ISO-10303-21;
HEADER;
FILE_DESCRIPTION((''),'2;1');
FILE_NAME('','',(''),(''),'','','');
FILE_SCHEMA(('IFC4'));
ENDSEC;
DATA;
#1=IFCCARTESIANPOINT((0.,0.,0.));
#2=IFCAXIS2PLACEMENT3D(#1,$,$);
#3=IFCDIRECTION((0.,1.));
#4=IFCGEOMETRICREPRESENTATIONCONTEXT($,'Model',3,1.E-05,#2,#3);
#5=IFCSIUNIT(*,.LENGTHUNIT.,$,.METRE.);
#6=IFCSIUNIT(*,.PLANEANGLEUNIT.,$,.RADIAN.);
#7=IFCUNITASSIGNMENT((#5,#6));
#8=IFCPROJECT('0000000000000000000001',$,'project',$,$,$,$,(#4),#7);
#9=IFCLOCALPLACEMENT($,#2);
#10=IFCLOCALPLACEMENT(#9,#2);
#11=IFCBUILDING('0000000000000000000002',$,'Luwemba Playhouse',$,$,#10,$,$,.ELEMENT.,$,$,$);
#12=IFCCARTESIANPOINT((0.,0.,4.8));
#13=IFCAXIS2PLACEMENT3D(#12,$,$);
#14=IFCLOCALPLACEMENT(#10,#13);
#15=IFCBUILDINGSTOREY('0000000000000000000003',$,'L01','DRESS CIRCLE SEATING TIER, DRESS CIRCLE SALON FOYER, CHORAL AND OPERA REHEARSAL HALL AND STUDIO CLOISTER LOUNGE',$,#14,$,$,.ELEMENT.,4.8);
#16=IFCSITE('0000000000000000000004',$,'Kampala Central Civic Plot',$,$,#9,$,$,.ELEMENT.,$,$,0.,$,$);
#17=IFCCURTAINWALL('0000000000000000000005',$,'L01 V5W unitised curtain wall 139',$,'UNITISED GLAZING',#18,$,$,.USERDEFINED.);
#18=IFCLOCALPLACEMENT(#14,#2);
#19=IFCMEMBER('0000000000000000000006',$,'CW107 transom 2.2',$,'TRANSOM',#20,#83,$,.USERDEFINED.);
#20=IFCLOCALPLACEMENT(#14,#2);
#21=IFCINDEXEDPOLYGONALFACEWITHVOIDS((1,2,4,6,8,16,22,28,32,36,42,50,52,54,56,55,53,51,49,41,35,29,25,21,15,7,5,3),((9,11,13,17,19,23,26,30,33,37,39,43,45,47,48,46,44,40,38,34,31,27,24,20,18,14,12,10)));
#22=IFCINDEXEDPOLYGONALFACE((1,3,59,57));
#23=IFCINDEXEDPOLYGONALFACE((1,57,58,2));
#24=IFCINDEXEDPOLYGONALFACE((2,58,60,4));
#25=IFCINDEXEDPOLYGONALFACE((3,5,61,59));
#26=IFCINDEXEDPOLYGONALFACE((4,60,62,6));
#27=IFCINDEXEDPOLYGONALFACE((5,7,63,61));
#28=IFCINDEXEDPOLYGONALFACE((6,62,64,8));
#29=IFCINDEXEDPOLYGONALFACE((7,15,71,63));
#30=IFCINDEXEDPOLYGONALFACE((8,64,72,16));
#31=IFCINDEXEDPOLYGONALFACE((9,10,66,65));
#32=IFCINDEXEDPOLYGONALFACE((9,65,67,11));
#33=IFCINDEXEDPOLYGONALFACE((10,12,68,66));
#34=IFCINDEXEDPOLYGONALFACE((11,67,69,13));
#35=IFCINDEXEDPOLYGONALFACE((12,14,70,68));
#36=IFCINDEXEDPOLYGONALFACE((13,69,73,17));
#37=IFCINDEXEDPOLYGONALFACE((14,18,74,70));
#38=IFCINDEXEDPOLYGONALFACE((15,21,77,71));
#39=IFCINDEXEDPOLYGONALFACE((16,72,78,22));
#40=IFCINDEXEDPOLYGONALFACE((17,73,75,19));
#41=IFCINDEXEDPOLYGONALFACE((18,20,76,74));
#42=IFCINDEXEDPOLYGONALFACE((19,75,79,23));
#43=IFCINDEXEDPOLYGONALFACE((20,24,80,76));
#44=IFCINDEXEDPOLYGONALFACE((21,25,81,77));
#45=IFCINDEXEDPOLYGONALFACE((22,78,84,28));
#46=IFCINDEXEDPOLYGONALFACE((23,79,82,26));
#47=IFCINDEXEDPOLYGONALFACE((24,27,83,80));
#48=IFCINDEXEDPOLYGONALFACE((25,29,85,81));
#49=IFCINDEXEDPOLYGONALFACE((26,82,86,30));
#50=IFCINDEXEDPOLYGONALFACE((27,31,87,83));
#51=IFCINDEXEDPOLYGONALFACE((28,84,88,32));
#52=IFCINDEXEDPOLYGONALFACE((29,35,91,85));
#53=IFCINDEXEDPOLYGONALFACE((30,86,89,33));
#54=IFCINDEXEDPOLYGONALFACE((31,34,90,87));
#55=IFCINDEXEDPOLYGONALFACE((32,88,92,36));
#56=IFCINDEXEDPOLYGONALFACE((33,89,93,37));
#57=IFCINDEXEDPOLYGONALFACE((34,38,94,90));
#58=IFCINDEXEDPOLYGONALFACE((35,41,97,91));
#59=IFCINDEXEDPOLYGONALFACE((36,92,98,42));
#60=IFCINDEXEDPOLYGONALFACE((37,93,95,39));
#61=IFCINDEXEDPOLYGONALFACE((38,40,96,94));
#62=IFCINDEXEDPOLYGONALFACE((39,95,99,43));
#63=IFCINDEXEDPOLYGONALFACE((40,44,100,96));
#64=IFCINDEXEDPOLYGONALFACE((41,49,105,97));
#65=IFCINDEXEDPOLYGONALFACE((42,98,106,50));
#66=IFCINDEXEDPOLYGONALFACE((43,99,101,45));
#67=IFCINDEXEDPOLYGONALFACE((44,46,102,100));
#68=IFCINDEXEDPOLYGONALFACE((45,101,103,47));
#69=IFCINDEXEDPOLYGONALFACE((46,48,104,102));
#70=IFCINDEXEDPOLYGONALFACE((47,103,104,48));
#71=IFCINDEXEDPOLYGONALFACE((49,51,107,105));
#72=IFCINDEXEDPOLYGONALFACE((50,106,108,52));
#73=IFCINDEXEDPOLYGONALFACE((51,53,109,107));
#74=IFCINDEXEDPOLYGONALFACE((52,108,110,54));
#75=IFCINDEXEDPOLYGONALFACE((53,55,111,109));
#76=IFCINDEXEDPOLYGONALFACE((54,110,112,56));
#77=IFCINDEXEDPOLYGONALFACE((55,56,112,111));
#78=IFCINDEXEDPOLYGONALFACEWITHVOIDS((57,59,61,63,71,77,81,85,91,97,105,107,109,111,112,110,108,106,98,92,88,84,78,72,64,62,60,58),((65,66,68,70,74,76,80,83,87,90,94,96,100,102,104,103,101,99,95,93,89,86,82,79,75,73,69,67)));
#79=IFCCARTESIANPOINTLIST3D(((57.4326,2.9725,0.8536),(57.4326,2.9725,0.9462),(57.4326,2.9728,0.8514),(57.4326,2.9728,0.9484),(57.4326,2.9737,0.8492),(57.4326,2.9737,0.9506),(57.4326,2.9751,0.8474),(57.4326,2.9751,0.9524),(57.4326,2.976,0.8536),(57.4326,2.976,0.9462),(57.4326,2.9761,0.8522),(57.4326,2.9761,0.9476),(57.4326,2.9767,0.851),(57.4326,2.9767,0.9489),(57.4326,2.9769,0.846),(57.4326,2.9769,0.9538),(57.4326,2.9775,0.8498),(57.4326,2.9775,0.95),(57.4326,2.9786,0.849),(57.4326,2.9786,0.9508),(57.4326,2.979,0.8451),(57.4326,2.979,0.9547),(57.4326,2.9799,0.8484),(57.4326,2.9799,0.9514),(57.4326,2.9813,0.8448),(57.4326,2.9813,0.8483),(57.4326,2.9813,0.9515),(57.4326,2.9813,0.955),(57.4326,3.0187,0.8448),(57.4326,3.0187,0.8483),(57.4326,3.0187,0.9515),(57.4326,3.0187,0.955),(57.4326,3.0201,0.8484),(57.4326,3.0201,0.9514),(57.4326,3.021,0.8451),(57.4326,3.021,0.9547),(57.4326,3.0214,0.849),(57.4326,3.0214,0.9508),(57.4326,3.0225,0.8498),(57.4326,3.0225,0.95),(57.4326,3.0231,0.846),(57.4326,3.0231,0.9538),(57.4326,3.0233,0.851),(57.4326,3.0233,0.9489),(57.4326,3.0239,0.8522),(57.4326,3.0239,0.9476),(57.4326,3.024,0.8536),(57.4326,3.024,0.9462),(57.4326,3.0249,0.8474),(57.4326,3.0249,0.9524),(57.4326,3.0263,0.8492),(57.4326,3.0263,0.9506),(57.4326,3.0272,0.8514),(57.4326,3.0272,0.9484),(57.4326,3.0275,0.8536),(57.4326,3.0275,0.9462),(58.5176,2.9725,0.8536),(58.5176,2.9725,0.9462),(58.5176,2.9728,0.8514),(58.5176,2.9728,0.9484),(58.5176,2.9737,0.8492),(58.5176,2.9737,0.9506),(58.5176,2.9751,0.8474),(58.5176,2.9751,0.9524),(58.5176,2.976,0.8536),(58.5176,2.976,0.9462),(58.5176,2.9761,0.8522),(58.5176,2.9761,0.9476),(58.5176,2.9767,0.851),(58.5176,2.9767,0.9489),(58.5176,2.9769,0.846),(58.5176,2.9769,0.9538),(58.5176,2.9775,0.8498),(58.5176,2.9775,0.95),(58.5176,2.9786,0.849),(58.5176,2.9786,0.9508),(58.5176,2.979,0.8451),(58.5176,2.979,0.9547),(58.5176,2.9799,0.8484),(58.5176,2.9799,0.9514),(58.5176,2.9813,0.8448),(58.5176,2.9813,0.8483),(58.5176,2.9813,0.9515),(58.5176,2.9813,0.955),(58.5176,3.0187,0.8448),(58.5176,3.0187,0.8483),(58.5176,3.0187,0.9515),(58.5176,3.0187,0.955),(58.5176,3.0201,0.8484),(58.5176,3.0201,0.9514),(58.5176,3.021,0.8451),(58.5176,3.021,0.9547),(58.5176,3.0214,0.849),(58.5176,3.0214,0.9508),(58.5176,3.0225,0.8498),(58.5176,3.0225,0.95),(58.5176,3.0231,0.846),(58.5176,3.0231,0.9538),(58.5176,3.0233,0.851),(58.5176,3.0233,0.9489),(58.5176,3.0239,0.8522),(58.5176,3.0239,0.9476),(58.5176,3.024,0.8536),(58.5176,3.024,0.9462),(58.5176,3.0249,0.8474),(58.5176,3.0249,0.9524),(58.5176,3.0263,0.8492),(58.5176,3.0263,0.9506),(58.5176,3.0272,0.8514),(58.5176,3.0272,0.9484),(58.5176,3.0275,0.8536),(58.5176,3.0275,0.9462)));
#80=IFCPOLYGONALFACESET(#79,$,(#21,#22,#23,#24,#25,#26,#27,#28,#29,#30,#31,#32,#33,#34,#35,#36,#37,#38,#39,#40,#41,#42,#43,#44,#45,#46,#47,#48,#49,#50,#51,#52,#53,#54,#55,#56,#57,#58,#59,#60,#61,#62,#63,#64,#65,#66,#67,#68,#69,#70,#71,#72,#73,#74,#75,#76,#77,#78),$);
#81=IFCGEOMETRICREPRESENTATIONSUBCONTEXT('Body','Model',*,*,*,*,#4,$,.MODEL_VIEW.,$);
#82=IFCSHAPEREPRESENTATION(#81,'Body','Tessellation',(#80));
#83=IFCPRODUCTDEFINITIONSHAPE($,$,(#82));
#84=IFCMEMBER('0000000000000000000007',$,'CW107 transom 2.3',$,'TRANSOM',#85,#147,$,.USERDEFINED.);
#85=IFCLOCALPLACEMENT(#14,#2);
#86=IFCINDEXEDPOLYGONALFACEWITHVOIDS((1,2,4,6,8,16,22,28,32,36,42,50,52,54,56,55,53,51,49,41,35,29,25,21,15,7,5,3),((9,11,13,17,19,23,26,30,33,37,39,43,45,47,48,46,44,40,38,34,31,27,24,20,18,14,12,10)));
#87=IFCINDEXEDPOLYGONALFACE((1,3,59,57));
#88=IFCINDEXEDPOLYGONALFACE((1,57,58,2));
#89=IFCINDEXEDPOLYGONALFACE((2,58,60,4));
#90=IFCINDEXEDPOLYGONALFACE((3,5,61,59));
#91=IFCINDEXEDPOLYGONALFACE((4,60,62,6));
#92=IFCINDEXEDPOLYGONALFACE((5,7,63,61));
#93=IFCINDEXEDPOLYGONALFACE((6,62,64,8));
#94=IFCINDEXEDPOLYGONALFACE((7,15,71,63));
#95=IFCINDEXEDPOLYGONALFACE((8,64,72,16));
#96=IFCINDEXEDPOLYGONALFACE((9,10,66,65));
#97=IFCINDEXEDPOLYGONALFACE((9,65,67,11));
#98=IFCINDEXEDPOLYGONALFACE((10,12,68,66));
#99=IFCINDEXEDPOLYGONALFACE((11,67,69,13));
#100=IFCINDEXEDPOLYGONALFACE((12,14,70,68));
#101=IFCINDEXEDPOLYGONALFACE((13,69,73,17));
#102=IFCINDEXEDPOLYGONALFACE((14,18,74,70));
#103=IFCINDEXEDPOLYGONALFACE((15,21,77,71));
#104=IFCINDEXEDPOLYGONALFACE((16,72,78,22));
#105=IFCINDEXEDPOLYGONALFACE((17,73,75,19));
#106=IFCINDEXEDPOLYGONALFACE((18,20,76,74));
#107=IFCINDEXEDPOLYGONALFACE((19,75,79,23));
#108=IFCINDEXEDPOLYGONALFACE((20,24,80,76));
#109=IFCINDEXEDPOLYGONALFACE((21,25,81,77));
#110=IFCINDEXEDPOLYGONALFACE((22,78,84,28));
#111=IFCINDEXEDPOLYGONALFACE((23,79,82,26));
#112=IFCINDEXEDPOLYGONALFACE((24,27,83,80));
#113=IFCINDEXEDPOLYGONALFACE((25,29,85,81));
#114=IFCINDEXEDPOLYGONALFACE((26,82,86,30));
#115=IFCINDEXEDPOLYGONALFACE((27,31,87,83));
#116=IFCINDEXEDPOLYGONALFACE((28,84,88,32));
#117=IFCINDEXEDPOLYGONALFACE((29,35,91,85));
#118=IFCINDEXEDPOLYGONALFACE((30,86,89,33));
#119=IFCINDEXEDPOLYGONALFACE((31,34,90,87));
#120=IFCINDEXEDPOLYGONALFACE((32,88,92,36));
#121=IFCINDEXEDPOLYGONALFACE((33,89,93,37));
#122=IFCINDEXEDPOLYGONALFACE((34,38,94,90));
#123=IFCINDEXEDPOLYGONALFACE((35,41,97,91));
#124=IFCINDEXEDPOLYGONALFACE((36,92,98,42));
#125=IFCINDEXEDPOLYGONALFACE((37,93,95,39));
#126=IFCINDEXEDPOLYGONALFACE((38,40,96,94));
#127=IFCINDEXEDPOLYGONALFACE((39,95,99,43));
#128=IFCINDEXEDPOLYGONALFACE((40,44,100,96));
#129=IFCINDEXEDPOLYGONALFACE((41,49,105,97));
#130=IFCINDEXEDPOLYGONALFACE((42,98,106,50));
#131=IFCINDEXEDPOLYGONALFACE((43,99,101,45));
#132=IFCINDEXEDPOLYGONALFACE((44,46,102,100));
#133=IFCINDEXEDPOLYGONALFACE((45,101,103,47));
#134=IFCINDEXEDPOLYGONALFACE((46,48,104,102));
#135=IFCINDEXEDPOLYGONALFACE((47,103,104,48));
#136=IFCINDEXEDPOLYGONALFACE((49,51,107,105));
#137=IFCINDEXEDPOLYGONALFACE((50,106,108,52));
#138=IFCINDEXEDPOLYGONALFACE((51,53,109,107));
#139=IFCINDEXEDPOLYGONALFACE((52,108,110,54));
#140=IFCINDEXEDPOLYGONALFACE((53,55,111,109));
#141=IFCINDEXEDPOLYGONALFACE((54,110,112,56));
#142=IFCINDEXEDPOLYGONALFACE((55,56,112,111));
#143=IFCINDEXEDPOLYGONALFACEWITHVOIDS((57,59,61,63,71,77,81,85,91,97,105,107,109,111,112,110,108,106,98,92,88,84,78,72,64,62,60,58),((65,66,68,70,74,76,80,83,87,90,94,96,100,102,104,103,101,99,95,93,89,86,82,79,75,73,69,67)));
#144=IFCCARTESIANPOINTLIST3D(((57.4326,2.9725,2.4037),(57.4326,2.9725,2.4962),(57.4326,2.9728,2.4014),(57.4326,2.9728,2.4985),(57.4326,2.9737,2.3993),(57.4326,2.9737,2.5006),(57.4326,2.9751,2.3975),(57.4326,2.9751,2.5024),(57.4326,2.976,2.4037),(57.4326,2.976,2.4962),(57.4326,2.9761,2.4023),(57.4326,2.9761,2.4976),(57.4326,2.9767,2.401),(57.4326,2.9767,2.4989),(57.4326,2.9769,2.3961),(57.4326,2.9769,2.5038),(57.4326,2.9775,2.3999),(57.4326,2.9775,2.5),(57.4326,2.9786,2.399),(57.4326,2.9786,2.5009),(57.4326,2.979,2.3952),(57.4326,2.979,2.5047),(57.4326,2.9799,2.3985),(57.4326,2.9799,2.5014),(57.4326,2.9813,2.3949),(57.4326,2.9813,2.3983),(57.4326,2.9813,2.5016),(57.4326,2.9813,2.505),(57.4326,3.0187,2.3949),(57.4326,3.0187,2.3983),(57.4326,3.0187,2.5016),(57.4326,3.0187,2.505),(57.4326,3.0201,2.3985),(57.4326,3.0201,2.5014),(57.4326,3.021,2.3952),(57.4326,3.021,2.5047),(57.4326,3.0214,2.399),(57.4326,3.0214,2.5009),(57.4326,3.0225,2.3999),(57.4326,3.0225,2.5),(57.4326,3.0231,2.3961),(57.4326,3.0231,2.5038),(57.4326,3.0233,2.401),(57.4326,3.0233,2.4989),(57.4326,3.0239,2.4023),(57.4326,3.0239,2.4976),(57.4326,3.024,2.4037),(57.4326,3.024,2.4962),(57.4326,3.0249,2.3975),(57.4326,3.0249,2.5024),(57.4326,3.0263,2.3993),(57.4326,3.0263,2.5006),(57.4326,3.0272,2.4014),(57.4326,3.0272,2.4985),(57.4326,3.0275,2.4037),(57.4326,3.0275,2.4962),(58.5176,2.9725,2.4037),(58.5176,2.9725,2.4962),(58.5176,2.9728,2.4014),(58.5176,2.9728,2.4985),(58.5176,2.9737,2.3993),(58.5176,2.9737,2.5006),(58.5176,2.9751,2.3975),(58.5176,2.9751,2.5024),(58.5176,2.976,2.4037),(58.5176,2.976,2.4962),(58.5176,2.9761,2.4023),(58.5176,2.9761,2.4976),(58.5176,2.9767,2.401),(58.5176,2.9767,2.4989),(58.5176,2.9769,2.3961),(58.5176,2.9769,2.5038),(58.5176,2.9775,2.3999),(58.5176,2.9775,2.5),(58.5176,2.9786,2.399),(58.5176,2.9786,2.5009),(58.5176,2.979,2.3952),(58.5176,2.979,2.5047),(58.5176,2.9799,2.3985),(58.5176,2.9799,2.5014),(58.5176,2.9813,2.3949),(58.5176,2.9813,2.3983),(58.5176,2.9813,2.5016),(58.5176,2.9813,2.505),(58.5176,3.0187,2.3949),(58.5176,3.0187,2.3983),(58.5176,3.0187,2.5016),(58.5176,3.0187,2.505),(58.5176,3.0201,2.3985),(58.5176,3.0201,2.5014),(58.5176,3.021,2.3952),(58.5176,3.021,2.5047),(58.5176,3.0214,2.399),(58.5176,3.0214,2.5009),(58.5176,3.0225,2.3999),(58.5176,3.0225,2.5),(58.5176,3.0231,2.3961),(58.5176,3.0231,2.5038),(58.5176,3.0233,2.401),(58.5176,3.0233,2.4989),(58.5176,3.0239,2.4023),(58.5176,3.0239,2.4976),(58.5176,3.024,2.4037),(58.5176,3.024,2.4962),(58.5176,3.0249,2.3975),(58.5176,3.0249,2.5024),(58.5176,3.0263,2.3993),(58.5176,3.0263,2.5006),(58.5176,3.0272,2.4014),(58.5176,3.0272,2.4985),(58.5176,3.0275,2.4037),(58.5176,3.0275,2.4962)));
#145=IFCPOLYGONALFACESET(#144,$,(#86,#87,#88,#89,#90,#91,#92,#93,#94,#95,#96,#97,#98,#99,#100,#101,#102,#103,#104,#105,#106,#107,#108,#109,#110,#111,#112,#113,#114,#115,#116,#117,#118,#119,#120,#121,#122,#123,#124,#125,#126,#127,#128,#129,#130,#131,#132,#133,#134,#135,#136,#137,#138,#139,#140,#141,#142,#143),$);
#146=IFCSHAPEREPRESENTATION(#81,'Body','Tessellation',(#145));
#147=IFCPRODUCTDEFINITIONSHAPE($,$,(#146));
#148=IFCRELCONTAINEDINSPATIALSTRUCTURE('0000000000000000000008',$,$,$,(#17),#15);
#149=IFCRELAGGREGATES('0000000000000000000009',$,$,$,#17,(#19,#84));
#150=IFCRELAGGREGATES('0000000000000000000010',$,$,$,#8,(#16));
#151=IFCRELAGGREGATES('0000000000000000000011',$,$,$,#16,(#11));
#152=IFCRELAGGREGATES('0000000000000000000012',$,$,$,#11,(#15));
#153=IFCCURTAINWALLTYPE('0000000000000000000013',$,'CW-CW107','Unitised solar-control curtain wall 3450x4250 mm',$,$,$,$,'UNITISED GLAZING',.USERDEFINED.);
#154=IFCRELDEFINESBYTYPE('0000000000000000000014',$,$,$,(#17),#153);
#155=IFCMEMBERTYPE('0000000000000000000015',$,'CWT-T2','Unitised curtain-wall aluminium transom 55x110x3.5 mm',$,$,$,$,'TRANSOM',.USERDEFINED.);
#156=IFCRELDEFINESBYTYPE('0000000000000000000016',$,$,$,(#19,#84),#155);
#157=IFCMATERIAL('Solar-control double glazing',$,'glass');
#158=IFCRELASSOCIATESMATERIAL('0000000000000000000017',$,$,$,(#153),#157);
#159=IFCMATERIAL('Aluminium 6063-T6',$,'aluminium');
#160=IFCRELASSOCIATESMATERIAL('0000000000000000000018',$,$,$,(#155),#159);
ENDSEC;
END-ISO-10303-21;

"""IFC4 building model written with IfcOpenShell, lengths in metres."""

from ifc_helpers import new_model, si_unit, direction, frame, origin, origin_2d, place, context, subcontext, project, spatial, hollow_rectangle, extrude, material, material_profile, profile_set, type_object, element, aggregate, save


model = new_model("IFC4")

# Units and contexts
model_context = context("Model", 3, precision=1e-05, world=origin(), true_north=direction((0.0, 1.0)))
body_context = subcontext(model_context, "Body", "Model", "MODEL_VIEW")
ifc_project = project(units=[si_unit("LENGTHUNIT", "METRE"), si_unit("PLANEANGLEUNIT", "RADIAN")], contexts=[model_context])

# Site, building, storey
site_placement = place(None, origin())
site = spatial("IfcSite", under=ifc_project, at=site_placement, Name="Kampala Central Civic Plot", CompositionType="ELEMENT", RefElevation=0.0)
building_placement = place(site_placement, origin())
building = spatial("IfcBuilding", under=site, at=building_placement, Name="Luwemba Playhouse", CompositionType="ELEMENT")
storey_placement = place(building_placement, frame((0.0, 0.0, 4.8)))
storey = spatial("IfcBuildingStorey", under=building, at=storey_placement, Name="L01", Description="DRESS CIRCLE SEATING TIER, DRESS CIRCLE SALON FOYER, CHORAL AND OPERA REHEARSAL HALL AND STUDIO CLOISTER LOUNGE", CompositionType="ELEMENT", Elevation=4.8)

# Curtain wall
ifc_material_1 = material(Name="Solar-control double glazing", Category="glass")
ifc_material_2 = material(Name="Aluminium 6063-T6", Category="aluminium")
curtain_wall_type_1 = type_object("IfcCurtainWallType", Name="CW-CW107", Description="Unitised solar-control curtain wall 3450x4250 mm", ElementType="UNITISED GLAZING", PredefinedType="USERDEFINED", material=ifc_material_1)
curtain_wall_1_placement = place(storey_placement, origin())
curtain_wall_1 = element("IfcCurtainWall", 1, at=curtain_wall_1_placement, inside=storey, type_object=curtain_wall_type_1, Name="L01 V5W unitised curtain wall 139", ObjectType="UNITISED GLAZING", PredefinedType="USERDEFINED")

# Members
ifc_material_profile_1 = material_profile(ifc_material_2, hollow_rectangle(XDim=0.0549, YDim=0.1101, WallThickness=0.0034, InnerFilletRadius=0.0054, OuterFilletRadius=0.0088, at=origin_2d()))
ifc_profile_set_1 = profile_set([ifc_material_profile_1], Name="Aluminium 6063-T6")
member_type_1 = type_object("IfcMemberType", Name="CWT-T2", Description="Unitised curtain-wall aluminium transom 55x110x3.5 mm", ElementType="TRANSOM", PredefinedType="USERDEFINED", material=ifc_profile_set_1)
member_1_placement = place(storey_placement, frame((58.5176, 3.0, 0.8999), z_axis=(-1.0, 0.0, 0.0), x_axis=(0.0, -1.0, 0.0)))
member_1 = element("IfcMember", 2, at=member_1_placement, type_object=member_type_1, Name="CW107 transom 2.2", ObjectType="TRANSOM", PredefinedType="USERDEFINED", context=body_context, shape_type="SweptSolid", body=[
    extrude(hollow_rectangle(XDim=0.0549, YDim=0.1101, WallThickness=0.0034, InnerFilletRadius=0.0054, OuterFilletRadius=0.0088, at=origin_2d()), origin(), (0.0, 0.0, 1.0), 1.085),
])
member_2_placement = place(storey_placement, frame((58.5176, 3.0, 2.45), z_axis=(-1.0, 0.0, 0.0), x_axis=(0.0, -1.0, 0.0)))
member_2 = element("IfcMember", 3, at=member_2_placement, type_object=member_type_1, Name="CW107 transom 2.3", ObjectType="TRANSOM", PredefinedType="USERDEFINED", context=body_context, shape_type="SweptSolid", body=[
    extrude(hollow_rectangle(XDim=0.0549, YDim=0.1101, WallThickness=0.0034, InnerFilletRadius=0.0054, OuterFilletRadius=0.0088, at=origin_2d()), origin(), (0.0, 0.0, 1.0), 1.085),
])

aggregate(curtain_wall_1, [member_1, member_2])

save(model, "model.ifc")
